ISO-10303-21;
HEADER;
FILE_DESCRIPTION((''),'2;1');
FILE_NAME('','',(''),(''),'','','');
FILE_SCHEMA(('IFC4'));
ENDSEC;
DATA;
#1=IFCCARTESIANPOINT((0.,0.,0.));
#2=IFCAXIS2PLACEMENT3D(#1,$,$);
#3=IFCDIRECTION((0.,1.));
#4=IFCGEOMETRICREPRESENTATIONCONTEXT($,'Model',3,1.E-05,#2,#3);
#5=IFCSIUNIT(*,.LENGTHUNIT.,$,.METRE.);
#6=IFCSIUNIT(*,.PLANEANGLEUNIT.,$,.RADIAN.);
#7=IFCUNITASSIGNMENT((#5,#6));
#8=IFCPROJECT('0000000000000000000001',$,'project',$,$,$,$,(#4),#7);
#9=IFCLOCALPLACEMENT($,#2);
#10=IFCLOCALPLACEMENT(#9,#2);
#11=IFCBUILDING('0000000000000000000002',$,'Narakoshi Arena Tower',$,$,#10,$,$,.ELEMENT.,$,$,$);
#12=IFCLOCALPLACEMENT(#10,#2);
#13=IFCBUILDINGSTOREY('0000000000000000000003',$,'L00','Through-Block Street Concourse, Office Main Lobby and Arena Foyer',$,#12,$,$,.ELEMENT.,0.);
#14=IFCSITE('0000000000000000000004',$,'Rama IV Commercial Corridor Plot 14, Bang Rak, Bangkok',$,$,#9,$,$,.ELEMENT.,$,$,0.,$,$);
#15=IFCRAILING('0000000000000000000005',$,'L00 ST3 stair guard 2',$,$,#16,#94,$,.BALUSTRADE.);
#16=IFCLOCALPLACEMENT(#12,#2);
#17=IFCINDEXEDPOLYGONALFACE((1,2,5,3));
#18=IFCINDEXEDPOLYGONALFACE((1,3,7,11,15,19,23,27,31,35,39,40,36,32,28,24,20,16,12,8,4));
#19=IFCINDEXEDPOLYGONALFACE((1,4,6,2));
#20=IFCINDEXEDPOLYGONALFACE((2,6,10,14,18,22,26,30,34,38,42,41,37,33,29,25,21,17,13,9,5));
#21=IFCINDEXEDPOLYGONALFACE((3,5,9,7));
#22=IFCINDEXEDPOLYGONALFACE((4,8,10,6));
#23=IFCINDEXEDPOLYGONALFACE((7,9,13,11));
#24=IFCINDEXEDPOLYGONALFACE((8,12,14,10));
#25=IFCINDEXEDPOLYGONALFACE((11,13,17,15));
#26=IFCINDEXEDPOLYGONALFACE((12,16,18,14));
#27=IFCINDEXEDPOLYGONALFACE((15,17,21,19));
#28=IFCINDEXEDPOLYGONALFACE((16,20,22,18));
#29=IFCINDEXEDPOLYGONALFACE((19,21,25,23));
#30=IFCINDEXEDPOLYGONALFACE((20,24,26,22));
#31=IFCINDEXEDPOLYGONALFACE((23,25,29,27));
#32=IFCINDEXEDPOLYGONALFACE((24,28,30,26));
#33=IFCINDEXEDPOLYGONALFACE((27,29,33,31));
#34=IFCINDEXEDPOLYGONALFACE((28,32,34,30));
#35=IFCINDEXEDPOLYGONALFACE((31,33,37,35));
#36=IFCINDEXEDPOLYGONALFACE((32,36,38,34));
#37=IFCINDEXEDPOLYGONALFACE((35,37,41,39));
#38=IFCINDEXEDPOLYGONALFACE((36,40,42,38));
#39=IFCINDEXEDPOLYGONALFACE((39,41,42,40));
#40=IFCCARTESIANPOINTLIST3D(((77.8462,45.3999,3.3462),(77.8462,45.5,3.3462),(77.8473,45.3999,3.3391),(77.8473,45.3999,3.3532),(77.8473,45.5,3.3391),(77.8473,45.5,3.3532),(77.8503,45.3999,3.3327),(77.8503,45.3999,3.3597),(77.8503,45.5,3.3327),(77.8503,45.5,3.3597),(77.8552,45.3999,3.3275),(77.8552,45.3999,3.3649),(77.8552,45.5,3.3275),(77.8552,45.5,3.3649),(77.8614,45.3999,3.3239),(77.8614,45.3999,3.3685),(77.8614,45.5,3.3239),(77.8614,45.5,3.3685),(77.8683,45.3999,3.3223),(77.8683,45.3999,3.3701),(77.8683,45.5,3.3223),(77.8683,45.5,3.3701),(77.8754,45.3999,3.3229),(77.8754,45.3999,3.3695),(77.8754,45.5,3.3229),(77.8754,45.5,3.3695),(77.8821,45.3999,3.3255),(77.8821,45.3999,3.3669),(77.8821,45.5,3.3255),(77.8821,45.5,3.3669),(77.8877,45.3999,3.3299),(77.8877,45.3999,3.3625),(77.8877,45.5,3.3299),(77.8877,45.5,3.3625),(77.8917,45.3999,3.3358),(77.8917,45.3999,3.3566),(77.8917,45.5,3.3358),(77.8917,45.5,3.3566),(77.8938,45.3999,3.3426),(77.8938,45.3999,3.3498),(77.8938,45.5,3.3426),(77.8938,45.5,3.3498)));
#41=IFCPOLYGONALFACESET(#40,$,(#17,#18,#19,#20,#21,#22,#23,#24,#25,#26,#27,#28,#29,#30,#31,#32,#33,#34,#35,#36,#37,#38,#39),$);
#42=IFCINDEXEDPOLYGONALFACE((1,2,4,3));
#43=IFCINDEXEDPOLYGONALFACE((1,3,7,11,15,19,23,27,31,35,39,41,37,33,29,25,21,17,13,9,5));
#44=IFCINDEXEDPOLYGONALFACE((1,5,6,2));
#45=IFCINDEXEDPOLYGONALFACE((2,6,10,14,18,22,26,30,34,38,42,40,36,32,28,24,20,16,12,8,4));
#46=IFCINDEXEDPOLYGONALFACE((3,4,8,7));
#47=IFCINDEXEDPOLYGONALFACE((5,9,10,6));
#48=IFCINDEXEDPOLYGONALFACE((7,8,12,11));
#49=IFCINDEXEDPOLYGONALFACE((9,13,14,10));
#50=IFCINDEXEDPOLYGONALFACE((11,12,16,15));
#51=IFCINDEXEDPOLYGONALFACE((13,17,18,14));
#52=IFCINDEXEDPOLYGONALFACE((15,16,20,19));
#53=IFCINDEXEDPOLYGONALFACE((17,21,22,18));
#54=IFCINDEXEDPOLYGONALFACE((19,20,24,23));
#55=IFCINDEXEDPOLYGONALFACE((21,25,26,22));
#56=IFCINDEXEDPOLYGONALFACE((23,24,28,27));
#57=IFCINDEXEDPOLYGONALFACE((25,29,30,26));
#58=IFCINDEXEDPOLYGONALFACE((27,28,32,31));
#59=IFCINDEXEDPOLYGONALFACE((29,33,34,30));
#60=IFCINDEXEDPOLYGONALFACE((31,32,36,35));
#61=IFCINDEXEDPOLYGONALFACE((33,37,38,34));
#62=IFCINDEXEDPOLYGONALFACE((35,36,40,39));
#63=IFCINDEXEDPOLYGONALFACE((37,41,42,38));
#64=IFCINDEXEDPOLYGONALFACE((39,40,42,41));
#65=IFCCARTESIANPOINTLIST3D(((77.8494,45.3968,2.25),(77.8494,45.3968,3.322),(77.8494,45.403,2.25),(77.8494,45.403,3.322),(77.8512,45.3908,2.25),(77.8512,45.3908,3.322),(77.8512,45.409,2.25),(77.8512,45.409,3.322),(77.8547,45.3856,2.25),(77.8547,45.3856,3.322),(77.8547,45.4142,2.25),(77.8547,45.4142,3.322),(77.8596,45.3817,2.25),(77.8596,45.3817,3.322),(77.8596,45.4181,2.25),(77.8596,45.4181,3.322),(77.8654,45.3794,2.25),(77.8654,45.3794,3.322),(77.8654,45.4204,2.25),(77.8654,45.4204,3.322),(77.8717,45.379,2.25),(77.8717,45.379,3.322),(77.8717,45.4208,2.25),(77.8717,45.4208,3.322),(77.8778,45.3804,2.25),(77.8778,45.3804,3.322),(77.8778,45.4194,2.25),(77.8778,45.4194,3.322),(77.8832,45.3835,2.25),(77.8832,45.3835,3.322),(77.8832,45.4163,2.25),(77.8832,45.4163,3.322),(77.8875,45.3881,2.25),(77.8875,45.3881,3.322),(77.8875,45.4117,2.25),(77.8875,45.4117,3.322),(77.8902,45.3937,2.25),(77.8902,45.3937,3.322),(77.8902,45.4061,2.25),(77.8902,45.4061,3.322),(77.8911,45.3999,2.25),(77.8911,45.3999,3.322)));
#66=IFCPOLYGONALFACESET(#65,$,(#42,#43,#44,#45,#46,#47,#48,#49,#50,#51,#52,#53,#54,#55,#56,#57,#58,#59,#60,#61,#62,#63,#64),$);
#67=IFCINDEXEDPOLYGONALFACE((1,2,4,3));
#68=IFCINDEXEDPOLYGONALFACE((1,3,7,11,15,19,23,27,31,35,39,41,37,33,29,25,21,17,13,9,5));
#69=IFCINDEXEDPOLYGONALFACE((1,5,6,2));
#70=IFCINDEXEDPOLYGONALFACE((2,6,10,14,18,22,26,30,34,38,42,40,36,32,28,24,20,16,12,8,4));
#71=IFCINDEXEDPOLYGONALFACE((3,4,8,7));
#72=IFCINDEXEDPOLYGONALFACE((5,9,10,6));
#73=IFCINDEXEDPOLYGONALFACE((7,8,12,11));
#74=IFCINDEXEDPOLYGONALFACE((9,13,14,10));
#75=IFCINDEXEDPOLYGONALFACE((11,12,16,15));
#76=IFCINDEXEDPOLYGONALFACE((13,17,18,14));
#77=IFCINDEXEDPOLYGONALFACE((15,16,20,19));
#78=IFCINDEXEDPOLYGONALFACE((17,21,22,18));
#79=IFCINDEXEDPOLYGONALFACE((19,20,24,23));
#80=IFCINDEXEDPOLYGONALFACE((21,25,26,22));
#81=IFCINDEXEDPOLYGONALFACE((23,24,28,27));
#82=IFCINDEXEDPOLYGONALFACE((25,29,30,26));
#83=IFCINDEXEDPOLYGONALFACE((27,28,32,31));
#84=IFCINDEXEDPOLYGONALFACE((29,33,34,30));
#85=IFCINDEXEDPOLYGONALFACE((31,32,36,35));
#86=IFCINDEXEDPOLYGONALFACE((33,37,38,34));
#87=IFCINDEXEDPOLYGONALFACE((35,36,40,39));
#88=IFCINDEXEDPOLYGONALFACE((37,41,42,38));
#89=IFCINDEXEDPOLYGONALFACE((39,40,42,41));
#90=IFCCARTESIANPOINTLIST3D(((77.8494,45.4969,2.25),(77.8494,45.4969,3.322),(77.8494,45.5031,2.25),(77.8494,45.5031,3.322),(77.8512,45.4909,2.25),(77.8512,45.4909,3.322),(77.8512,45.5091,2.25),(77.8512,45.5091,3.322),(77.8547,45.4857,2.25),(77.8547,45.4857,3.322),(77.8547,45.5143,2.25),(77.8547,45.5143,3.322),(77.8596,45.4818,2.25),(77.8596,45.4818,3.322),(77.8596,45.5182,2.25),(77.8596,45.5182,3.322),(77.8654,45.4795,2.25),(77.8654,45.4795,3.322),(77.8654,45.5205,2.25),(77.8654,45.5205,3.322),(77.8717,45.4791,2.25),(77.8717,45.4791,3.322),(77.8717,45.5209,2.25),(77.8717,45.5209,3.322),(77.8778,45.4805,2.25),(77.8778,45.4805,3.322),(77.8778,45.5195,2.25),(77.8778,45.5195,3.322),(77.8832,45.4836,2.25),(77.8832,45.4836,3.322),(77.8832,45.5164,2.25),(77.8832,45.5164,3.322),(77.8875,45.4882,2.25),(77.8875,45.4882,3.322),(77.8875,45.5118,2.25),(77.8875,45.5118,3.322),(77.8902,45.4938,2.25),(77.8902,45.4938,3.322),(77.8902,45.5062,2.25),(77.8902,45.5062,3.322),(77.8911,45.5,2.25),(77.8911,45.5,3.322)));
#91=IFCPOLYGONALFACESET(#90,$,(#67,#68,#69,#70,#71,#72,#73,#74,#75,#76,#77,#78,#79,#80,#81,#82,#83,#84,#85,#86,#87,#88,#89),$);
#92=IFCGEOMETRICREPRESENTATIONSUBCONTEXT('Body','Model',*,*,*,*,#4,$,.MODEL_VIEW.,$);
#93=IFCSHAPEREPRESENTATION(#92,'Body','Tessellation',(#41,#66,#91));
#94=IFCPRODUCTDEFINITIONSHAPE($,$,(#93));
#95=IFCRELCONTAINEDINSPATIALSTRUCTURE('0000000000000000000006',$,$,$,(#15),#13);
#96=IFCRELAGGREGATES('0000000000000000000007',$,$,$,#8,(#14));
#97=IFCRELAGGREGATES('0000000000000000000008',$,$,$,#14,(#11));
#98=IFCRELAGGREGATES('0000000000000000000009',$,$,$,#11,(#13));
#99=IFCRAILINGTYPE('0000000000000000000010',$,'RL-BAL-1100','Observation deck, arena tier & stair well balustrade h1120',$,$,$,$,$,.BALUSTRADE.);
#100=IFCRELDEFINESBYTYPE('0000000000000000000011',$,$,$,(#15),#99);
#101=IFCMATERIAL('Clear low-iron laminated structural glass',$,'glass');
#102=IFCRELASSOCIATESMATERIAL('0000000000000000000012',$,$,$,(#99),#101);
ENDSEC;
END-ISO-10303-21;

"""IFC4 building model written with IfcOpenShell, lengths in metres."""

from ifc_helpers import new_model, si_unit, direction, frame, origin, origin_2d, place, context, subcontext, project, spatial, circle, extrude, material, type_object, element, save


model = new_model("IFC4")

# Units and contexts
model_context = context("Model", 3, precision=1e-05, world=origin(), true_north=direction((0.0, 1.0)))
body_context = subcontext(model_context, "Body", "Model", "MODEL_VIEW")
ifc_project = project(units=[si_unit("LENGTHUNIT", "METRE"), si_unit("PLANEANGLEUNIT", "RADIAN")], contexts=[model_context])

# Site, building, storey
site_placement = place(None, origin())
site = spatial("IfcSite", under=ifc_project, at=site_placement, Name="Rama IV Commercial Corridor Plot 14, Bang Rak, Bangkok", CompositionType="ELEMENT", RefElevation=0.0)
building_placement = place(site_placement, origin())
building = spatial("IfcBuilding", under=site, at=building_placement, Name="Narakoshi Arena Tower", CompositionType="ELEMENT")
storey_placement = place(building_placement, origin())
storey = spatial("IfcBuildingStorey", under=building, at=storey_placement, Name="L00", Description="Through-Block Street Concourse, Office Main Lobby and Arena Foyer", CompositionType="ELEMENT", Elevation=0.0)

# Railing
ifc_material_1 = material(Name="Clear low-iron laminated structural glass", Category="glass")
railing_type_1 = type_object("IfcRailingType", Name="RL-BAL-1100", Description="Observation deck, arena tier & stair well balustrade h1120", PredefinedType="BALUSTRADE", material=ifc_material_1)
railing_1_placement = place(storey_placement, frame((77.8701, 45.3999, 2.25)))
element("IfcRailing", 1, at=railing_1_placement, inside=storey, type_object=railing_type_1, Name="L00 ST3 stair guard 2", PredefinedType="BALUSTRADE", context=body_context, shape_type="SweptSolid", body=[
    extrude(circle(Radius=0.0239, at=origin_2d()), frame((0.0, 0.0, 1.0962), z_axis=(0.0, 1.0, 0.0), x_axis=(-1.0, 0.0, 0.0)), (0.0, 0.0, 1.0), 0.1001),
    extrude(circle(Radius=0.021, at=origin_2d()), origin(), (0.0, 0.0, 1.0), 1.072),
    extrude(circle(Radius=0.021, at=origin_2d()), frame((0.0, 0.1001, 0.0)), (0.0, 0.0, 1.0), 1.072),
])

save(model, "model.ifc")
